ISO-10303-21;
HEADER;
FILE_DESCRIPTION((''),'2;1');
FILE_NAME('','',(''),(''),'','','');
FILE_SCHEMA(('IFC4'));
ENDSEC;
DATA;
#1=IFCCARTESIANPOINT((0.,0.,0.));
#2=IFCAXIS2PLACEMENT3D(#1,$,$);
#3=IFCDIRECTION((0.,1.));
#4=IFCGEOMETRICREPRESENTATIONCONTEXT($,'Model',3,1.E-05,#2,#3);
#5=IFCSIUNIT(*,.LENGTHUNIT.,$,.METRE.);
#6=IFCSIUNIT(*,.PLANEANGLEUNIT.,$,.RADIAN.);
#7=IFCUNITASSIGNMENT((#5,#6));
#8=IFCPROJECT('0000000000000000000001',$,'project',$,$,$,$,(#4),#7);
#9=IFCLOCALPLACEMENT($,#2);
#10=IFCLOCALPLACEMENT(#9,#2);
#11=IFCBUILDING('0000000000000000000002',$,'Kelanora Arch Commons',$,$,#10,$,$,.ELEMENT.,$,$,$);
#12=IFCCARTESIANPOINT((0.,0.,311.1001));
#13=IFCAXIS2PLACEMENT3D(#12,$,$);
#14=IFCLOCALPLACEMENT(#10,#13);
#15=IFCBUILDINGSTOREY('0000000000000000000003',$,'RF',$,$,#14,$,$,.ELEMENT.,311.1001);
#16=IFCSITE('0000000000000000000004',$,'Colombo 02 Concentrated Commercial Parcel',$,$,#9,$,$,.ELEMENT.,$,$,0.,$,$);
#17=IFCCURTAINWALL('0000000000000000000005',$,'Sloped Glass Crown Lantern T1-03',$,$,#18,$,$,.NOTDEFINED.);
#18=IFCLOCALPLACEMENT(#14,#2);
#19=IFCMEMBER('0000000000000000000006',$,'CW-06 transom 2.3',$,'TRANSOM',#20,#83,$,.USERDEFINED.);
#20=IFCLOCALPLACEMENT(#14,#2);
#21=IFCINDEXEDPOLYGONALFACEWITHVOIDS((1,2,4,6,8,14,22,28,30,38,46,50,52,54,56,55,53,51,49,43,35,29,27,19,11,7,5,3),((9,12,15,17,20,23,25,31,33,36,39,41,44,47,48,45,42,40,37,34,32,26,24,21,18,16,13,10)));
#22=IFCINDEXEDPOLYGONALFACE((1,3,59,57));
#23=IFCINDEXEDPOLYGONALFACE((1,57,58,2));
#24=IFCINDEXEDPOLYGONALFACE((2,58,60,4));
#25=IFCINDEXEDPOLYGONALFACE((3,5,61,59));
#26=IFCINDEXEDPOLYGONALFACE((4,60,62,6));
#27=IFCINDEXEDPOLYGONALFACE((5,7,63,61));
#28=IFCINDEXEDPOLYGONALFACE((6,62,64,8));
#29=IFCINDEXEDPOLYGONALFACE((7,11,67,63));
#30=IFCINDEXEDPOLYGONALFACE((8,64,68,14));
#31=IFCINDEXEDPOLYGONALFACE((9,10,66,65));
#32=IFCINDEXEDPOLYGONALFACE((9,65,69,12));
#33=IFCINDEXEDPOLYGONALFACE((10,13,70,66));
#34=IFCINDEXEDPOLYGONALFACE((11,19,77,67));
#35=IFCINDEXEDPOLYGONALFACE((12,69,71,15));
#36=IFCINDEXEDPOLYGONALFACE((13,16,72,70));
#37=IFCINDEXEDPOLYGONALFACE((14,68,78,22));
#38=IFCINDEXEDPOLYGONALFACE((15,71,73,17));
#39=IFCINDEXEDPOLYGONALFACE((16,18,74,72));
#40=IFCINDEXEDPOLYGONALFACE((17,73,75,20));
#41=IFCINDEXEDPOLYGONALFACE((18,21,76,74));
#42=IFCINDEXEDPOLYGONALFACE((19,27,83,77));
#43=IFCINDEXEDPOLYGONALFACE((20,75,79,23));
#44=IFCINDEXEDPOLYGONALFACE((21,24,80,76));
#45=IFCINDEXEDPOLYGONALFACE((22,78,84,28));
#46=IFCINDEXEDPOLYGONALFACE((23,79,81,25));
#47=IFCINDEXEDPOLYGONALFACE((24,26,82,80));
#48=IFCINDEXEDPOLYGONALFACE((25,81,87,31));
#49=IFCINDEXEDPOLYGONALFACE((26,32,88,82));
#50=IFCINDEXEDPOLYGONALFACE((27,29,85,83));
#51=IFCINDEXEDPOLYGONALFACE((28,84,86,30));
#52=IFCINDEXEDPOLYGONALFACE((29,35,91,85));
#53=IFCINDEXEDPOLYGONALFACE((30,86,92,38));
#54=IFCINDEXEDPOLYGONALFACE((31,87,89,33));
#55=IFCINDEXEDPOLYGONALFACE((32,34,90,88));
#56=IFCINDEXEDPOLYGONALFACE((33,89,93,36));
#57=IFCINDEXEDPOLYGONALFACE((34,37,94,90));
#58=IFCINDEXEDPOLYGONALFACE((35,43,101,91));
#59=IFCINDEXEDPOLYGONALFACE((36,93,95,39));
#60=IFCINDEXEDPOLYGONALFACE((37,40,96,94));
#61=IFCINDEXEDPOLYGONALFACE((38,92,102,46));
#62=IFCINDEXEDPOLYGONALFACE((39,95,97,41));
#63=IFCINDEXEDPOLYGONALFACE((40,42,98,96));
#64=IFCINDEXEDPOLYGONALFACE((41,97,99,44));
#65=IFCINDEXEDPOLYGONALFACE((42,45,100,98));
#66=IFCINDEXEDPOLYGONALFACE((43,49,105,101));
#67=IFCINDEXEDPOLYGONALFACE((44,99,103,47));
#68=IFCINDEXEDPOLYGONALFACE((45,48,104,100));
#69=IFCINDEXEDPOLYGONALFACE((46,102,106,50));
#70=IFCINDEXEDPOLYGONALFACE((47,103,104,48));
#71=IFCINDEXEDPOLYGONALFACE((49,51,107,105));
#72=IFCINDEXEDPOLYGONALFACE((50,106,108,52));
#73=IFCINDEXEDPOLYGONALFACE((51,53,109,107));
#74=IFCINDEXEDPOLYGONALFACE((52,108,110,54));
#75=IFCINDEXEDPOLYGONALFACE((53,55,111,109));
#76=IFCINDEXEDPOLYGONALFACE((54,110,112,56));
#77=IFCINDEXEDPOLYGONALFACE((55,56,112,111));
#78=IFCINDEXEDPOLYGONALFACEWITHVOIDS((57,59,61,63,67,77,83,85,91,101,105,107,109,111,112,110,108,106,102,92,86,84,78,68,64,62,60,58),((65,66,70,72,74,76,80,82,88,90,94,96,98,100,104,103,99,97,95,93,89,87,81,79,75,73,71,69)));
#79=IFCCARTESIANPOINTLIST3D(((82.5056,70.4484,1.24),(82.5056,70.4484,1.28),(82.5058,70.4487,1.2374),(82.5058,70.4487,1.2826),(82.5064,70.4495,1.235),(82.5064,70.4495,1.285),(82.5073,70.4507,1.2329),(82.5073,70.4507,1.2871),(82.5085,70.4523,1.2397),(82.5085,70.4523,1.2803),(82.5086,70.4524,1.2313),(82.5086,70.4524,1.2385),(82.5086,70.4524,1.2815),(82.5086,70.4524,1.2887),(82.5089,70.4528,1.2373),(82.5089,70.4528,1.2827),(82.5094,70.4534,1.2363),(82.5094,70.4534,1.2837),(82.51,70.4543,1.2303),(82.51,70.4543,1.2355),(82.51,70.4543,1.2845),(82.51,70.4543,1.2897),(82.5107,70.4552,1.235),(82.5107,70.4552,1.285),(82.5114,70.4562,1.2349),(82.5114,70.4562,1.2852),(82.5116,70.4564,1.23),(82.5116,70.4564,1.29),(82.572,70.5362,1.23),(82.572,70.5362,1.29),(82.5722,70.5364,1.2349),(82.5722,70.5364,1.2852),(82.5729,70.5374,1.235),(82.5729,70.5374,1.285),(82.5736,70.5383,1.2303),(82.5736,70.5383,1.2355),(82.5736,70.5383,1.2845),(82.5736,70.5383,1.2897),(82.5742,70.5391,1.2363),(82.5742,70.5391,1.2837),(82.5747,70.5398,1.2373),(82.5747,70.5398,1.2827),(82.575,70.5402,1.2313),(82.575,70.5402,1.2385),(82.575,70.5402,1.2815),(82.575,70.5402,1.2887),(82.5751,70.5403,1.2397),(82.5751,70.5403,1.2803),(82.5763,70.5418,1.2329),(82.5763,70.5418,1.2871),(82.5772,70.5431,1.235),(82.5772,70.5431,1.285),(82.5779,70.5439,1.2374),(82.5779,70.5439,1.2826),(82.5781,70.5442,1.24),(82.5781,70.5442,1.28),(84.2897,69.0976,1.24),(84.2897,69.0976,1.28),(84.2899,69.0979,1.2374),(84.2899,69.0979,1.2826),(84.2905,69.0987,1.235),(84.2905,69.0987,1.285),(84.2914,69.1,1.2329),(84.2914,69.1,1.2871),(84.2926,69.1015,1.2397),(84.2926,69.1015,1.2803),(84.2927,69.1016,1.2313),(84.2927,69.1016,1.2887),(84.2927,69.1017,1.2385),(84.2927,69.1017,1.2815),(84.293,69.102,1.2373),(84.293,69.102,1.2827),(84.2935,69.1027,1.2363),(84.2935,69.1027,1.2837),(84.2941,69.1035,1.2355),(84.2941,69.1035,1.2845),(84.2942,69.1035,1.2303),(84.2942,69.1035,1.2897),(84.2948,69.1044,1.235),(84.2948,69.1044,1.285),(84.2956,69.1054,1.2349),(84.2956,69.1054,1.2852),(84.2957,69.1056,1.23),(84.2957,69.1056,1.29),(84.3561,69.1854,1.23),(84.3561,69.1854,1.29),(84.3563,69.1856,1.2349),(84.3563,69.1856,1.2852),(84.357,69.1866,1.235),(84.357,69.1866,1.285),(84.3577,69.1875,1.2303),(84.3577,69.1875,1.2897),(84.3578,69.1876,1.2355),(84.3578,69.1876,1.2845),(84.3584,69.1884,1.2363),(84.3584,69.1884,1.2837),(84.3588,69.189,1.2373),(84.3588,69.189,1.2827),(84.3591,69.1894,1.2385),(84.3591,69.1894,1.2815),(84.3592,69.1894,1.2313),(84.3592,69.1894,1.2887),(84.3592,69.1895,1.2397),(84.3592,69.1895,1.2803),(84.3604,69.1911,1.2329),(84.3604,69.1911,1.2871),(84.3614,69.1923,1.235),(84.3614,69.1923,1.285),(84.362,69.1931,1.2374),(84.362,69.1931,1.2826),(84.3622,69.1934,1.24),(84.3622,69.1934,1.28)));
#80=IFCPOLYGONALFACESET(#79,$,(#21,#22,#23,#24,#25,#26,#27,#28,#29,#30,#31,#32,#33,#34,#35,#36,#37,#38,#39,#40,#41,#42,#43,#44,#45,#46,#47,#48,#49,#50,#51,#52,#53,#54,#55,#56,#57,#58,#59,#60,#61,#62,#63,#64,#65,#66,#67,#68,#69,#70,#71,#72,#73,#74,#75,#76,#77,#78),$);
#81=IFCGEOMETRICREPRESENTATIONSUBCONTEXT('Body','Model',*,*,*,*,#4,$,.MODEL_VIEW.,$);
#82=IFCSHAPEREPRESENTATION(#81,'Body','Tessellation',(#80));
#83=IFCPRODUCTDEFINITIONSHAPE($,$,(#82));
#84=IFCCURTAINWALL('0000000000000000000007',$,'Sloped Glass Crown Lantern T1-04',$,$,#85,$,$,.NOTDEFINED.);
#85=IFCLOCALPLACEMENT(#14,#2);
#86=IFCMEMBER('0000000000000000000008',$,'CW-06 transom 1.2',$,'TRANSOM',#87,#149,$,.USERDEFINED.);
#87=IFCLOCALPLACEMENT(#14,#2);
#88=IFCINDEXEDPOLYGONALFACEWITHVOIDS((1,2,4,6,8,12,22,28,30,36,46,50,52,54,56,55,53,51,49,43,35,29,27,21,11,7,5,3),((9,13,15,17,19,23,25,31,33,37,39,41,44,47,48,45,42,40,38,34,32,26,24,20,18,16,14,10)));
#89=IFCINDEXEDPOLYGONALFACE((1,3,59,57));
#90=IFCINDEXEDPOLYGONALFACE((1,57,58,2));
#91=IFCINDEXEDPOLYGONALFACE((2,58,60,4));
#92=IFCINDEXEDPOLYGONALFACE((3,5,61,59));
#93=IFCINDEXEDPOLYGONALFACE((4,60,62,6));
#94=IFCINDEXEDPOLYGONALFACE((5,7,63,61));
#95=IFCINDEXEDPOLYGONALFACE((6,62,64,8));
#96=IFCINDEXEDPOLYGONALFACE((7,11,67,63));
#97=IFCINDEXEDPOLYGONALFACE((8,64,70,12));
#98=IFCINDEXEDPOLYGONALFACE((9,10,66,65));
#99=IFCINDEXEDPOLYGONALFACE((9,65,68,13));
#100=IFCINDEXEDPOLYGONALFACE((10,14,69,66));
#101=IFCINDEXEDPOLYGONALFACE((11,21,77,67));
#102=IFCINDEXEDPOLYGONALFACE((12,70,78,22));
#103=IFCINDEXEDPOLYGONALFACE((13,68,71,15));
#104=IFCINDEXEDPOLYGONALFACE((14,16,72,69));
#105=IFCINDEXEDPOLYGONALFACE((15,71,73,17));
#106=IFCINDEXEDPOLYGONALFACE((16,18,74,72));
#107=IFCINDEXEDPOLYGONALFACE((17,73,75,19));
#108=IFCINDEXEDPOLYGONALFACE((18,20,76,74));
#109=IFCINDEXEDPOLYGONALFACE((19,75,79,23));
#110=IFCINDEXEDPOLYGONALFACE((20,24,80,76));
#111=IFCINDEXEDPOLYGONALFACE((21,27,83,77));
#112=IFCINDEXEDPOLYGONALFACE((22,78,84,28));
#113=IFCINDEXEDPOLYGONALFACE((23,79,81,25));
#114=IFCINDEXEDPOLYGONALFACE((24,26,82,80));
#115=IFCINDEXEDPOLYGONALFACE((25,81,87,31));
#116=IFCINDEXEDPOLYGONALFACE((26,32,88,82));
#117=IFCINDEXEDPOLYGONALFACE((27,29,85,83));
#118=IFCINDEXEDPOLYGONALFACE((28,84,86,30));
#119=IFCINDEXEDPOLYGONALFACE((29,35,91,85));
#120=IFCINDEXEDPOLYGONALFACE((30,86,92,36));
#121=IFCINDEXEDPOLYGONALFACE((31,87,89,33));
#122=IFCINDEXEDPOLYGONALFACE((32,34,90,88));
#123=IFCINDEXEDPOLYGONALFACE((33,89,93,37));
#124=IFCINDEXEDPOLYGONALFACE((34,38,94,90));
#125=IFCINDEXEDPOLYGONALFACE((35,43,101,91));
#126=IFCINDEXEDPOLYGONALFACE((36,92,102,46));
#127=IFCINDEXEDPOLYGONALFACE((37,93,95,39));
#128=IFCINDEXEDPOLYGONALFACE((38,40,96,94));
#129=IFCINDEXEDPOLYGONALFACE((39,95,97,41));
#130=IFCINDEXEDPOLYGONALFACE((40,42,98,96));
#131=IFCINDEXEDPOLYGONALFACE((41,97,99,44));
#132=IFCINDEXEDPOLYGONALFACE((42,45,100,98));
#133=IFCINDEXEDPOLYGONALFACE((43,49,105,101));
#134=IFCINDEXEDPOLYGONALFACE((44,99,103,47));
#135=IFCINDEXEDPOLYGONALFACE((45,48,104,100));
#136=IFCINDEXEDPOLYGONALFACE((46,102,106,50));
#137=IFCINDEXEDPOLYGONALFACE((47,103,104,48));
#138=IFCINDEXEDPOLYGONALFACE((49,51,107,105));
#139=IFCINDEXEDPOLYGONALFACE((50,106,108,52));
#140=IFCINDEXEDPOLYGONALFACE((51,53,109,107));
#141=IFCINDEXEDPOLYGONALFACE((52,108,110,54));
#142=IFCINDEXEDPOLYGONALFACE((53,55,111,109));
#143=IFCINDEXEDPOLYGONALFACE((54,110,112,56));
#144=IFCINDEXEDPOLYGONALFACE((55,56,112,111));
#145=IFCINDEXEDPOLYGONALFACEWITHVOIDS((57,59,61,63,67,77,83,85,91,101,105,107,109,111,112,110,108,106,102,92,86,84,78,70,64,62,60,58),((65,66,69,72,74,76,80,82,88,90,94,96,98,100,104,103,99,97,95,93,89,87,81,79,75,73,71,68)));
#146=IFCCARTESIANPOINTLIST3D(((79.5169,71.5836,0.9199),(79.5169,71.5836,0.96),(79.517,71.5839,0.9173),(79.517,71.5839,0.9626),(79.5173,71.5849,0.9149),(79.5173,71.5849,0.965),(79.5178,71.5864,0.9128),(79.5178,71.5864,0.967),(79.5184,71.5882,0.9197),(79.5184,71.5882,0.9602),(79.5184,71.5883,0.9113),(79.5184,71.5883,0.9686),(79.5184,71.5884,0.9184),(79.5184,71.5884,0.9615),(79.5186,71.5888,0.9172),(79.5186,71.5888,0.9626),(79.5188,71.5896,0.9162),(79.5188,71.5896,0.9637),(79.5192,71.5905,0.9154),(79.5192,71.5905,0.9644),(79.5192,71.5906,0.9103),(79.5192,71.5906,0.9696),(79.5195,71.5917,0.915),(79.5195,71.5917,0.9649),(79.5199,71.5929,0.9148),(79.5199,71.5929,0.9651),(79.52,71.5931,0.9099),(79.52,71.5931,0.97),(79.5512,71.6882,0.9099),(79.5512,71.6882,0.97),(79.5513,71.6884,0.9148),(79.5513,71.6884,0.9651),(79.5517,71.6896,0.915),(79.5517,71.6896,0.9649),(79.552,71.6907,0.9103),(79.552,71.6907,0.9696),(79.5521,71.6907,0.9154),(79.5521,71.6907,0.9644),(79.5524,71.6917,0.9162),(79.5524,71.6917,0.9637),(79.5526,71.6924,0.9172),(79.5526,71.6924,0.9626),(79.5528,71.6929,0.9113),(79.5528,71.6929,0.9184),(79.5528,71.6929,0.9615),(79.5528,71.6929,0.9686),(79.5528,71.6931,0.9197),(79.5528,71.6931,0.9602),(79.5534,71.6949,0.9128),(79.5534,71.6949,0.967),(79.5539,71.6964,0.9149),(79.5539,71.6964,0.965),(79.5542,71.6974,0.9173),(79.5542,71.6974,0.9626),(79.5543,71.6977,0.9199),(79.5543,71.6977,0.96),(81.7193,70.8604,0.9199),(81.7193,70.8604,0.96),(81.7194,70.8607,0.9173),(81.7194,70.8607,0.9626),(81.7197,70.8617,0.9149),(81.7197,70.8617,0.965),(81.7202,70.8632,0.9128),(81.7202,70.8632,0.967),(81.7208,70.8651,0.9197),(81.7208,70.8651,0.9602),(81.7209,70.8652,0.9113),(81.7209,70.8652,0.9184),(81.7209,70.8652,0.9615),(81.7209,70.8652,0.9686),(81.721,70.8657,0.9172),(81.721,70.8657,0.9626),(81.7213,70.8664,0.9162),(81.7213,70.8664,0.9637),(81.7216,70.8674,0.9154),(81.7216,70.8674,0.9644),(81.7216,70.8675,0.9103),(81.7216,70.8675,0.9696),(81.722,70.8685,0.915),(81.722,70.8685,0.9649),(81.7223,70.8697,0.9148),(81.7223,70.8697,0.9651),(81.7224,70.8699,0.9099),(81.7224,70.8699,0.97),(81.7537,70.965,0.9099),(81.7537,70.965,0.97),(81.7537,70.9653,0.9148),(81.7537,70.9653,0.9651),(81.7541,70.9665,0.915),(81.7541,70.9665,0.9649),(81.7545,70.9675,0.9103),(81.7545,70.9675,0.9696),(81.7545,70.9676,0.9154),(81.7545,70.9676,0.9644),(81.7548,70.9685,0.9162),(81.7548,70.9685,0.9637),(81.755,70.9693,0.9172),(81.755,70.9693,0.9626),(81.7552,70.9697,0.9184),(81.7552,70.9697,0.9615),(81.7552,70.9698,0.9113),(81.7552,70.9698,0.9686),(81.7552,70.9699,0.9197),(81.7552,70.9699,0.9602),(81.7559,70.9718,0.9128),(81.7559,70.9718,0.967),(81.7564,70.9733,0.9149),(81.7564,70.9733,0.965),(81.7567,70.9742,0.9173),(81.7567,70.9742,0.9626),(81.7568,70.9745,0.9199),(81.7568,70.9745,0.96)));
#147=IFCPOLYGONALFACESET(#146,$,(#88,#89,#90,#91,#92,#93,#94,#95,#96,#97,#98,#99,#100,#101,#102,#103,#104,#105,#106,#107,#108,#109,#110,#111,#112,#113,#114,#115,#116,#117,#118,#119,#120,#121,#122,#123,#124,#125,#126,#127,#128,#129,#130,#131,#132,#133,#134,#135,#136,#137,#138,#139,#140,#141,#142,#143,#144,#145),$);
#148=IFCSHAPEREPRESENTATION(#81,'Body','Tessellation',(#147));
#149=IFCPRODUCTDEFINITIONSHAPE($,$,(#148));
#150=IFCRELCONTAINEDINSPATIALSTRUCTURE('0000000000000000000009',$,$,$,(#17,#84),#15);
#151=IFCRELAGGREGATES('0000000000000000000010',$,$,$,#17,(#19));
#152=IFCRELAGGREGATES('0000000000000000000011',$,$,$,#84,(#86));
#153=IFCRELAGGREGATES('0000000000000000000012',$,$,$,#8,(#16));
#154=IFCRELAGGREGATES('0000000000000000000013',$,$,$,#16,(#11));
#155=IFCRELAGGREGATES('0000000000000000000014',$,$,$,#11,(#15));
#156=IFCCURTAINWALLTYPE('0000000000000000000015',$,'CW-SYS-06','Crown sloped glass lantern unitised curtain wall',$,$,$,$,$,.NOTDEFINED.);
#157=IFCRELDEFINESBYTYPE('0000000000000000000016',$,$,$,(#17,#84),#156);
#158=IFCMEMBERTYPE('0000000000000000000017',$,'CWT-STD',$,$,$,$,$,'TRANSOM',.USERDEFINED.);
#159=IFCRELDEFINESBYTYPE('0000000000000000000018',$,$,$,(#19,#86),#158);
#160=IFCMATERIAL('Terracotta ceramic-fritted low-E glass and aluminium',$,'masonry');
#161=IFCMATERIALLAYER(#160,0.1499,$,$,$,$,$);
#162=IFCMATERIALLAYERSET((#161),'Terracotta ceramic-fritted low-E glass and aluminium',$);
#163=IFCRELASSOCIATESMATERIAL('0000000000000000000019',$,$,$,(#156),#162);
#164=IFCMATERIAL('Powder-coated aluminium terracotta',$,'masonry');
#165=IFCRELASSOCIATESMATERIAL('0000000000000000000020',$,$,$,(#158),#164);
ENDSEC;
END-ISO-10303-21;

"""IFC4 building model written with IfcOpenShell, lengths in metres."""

from ifc_helpers import new_model, si_unit, direction, frame, origin, origin_2d, place, context, subcontext, project, spatial, hollow_rectangle, extrude, material, layer, layer_set, material_profile, profile_set, type_object, element, aggregate, save


model = new_model("IFC4")

# Units and contexts
model_context = context("Model", 3, precision=1e-05, world=origin(), true_north=direction((0.0, 1.0)))
body_context = subcontext(model_context, "Body", "Model", "MODEL_VIEW")
ifc_project = project(units=[si_unit("LENGTHUNIT", "METRE"), si_unit("PLANEANGLEUNIT", "RADIAN")], contexts=[model_context])

# Site, building, storey
site_placement = place(None, origin())
site = spatial("IfcSite", under=ifc_project, at=site_placement, Name="Colombo 02 Concentrated Commercial Parcel", CompositionType="ELEMENT", RefElevation=0.0)
building_placement = place(site_placement, origin())
building = spatial("IfcBuilding", under=site, at=building_placement, Name="Kelanora Arch Commons", CompositionType="ELEMENT")
storey_placement = place(building_placement, frame((0.0, 0.0, 311.1001)))
storey = spatial("IfcBuildingStorey", under=building, at=storey_placement, Name="RF", CompositionType="ELEMENT", Elevation=311.1001)

# Curtain walls, members
ifc_material_1 = material(Name="Terracotta ceramic-fritted low-E glass and aluminium", Category="masonry")
ifc_layer_1 = layer(ifc_material_1, 0.1499)
ifc_layer_set_1 = layer_set([ifc_layer_1], Name="Terracotta ceramic-fritted low-E glass and aluminium")
curtain_wall_type = type_object("IfcCurtainWallType", Name="CW-SYS-06", Description="Crown sloped glass lantern unitised curtain wall", PredefinedType="NOTDEFINED", material=ifc_layer_set_1)
ifc_material_2 = material(Name="Powder-coated aluminium terracotta", Category="masonry")
ifc_material_profile_1 = material_profile(ifc_material_2, hollow_rectangle(XDim=0.1201, YDim=0.0601, WallThickness=0.0049, InnerFilletRadius=0.0049, OuterFilletRadius=0.01, at=origin_2d()), Name="CWT120x60")
ifc_profile_set_1 = profile_set([ifc_material_profile_1], Name="Powder-coated aluminium terracotta")
member_type_1 = type_object("IfcMemberType", Name="CWT-STD", ElementType="TRANSOM", PredefinedType="USERDEFINED", material=ifc_profile_set_1)
curtain_wall_1_placement = place(storey_placement, origin())
curtain_wall_1 = element("IfcCurtainWall", 1, at=curtain_wall_1_placement, inside=storey, type_object=curtain_wall_type, Name="Sloped Glass Crown Lantern T1-03", PredefinedType="NOTDEFINED")
member_1_placement = place(storey_placement, frame((84.3259, 69.1455, 1.26), z_axis=(-0.797269, 0.603625, 0.0), x_axis=(-0.603625, -0.797269, 0.0)))
member_1 = element("IfcMember", 2, at=member_1_placement, type_object=member_type_1, Name="CW-06 transom 2.3", ObjectType="TRANSOM", PredefinedType="USERDEFINED", context=body_context, shape_type="SweptSolid", body=[
    extrude(hollow_rectangle(XDim=0.1201, YDim=0.0601, WallThickness=0.0049, InnerFilletRadius=0.0049, OuterFilletRadius=0.01, at=origin_2d()), origin(), (0.0, 0.0, 1.0), 2.2378),
])
curtain_wall_2_placement = place(storey_placement, origin())
curtain_wall_2 = element("IfcCurtainWall", 3, at=curtain_wall_2_placement, inside=storey, type_object=curtain_wall_type, Name="Sloped Glass Crown Lantern T1-04", PredefinedType="NOTDEFINED")
member_2_placement = place(storey_placement, frame((81.738, 70.9175, 0.9399), z_axis=(-0.950096, 0.311959, 0.0), x_axis=(-0.311959, -0.950096, 0.0)))
member_2 = element("IfcMember", 4, at=member_2_placement, type_object=member_type_1, Name="CW-06 transom 1.2", ObjectType="TRANSOM", PredefinedType="USERDEFINED", context=body_context, shape_type="SweptSolid", body=[
    extrude(hollow_rectangle(XDim=0.1201, YDim=0.0601, WallThickness=0.0049, InnerFilletRadius=0.0049, OuterFilletRadius=0.01, at=origin_2d()), origin(), (0.0, 0.0, 1.0), 2.3181),
])

aggregate(curtain_wall_1, [member_1])
aggregate(curtain_wall_2, [member_2])

save(model, "model.ifc")
